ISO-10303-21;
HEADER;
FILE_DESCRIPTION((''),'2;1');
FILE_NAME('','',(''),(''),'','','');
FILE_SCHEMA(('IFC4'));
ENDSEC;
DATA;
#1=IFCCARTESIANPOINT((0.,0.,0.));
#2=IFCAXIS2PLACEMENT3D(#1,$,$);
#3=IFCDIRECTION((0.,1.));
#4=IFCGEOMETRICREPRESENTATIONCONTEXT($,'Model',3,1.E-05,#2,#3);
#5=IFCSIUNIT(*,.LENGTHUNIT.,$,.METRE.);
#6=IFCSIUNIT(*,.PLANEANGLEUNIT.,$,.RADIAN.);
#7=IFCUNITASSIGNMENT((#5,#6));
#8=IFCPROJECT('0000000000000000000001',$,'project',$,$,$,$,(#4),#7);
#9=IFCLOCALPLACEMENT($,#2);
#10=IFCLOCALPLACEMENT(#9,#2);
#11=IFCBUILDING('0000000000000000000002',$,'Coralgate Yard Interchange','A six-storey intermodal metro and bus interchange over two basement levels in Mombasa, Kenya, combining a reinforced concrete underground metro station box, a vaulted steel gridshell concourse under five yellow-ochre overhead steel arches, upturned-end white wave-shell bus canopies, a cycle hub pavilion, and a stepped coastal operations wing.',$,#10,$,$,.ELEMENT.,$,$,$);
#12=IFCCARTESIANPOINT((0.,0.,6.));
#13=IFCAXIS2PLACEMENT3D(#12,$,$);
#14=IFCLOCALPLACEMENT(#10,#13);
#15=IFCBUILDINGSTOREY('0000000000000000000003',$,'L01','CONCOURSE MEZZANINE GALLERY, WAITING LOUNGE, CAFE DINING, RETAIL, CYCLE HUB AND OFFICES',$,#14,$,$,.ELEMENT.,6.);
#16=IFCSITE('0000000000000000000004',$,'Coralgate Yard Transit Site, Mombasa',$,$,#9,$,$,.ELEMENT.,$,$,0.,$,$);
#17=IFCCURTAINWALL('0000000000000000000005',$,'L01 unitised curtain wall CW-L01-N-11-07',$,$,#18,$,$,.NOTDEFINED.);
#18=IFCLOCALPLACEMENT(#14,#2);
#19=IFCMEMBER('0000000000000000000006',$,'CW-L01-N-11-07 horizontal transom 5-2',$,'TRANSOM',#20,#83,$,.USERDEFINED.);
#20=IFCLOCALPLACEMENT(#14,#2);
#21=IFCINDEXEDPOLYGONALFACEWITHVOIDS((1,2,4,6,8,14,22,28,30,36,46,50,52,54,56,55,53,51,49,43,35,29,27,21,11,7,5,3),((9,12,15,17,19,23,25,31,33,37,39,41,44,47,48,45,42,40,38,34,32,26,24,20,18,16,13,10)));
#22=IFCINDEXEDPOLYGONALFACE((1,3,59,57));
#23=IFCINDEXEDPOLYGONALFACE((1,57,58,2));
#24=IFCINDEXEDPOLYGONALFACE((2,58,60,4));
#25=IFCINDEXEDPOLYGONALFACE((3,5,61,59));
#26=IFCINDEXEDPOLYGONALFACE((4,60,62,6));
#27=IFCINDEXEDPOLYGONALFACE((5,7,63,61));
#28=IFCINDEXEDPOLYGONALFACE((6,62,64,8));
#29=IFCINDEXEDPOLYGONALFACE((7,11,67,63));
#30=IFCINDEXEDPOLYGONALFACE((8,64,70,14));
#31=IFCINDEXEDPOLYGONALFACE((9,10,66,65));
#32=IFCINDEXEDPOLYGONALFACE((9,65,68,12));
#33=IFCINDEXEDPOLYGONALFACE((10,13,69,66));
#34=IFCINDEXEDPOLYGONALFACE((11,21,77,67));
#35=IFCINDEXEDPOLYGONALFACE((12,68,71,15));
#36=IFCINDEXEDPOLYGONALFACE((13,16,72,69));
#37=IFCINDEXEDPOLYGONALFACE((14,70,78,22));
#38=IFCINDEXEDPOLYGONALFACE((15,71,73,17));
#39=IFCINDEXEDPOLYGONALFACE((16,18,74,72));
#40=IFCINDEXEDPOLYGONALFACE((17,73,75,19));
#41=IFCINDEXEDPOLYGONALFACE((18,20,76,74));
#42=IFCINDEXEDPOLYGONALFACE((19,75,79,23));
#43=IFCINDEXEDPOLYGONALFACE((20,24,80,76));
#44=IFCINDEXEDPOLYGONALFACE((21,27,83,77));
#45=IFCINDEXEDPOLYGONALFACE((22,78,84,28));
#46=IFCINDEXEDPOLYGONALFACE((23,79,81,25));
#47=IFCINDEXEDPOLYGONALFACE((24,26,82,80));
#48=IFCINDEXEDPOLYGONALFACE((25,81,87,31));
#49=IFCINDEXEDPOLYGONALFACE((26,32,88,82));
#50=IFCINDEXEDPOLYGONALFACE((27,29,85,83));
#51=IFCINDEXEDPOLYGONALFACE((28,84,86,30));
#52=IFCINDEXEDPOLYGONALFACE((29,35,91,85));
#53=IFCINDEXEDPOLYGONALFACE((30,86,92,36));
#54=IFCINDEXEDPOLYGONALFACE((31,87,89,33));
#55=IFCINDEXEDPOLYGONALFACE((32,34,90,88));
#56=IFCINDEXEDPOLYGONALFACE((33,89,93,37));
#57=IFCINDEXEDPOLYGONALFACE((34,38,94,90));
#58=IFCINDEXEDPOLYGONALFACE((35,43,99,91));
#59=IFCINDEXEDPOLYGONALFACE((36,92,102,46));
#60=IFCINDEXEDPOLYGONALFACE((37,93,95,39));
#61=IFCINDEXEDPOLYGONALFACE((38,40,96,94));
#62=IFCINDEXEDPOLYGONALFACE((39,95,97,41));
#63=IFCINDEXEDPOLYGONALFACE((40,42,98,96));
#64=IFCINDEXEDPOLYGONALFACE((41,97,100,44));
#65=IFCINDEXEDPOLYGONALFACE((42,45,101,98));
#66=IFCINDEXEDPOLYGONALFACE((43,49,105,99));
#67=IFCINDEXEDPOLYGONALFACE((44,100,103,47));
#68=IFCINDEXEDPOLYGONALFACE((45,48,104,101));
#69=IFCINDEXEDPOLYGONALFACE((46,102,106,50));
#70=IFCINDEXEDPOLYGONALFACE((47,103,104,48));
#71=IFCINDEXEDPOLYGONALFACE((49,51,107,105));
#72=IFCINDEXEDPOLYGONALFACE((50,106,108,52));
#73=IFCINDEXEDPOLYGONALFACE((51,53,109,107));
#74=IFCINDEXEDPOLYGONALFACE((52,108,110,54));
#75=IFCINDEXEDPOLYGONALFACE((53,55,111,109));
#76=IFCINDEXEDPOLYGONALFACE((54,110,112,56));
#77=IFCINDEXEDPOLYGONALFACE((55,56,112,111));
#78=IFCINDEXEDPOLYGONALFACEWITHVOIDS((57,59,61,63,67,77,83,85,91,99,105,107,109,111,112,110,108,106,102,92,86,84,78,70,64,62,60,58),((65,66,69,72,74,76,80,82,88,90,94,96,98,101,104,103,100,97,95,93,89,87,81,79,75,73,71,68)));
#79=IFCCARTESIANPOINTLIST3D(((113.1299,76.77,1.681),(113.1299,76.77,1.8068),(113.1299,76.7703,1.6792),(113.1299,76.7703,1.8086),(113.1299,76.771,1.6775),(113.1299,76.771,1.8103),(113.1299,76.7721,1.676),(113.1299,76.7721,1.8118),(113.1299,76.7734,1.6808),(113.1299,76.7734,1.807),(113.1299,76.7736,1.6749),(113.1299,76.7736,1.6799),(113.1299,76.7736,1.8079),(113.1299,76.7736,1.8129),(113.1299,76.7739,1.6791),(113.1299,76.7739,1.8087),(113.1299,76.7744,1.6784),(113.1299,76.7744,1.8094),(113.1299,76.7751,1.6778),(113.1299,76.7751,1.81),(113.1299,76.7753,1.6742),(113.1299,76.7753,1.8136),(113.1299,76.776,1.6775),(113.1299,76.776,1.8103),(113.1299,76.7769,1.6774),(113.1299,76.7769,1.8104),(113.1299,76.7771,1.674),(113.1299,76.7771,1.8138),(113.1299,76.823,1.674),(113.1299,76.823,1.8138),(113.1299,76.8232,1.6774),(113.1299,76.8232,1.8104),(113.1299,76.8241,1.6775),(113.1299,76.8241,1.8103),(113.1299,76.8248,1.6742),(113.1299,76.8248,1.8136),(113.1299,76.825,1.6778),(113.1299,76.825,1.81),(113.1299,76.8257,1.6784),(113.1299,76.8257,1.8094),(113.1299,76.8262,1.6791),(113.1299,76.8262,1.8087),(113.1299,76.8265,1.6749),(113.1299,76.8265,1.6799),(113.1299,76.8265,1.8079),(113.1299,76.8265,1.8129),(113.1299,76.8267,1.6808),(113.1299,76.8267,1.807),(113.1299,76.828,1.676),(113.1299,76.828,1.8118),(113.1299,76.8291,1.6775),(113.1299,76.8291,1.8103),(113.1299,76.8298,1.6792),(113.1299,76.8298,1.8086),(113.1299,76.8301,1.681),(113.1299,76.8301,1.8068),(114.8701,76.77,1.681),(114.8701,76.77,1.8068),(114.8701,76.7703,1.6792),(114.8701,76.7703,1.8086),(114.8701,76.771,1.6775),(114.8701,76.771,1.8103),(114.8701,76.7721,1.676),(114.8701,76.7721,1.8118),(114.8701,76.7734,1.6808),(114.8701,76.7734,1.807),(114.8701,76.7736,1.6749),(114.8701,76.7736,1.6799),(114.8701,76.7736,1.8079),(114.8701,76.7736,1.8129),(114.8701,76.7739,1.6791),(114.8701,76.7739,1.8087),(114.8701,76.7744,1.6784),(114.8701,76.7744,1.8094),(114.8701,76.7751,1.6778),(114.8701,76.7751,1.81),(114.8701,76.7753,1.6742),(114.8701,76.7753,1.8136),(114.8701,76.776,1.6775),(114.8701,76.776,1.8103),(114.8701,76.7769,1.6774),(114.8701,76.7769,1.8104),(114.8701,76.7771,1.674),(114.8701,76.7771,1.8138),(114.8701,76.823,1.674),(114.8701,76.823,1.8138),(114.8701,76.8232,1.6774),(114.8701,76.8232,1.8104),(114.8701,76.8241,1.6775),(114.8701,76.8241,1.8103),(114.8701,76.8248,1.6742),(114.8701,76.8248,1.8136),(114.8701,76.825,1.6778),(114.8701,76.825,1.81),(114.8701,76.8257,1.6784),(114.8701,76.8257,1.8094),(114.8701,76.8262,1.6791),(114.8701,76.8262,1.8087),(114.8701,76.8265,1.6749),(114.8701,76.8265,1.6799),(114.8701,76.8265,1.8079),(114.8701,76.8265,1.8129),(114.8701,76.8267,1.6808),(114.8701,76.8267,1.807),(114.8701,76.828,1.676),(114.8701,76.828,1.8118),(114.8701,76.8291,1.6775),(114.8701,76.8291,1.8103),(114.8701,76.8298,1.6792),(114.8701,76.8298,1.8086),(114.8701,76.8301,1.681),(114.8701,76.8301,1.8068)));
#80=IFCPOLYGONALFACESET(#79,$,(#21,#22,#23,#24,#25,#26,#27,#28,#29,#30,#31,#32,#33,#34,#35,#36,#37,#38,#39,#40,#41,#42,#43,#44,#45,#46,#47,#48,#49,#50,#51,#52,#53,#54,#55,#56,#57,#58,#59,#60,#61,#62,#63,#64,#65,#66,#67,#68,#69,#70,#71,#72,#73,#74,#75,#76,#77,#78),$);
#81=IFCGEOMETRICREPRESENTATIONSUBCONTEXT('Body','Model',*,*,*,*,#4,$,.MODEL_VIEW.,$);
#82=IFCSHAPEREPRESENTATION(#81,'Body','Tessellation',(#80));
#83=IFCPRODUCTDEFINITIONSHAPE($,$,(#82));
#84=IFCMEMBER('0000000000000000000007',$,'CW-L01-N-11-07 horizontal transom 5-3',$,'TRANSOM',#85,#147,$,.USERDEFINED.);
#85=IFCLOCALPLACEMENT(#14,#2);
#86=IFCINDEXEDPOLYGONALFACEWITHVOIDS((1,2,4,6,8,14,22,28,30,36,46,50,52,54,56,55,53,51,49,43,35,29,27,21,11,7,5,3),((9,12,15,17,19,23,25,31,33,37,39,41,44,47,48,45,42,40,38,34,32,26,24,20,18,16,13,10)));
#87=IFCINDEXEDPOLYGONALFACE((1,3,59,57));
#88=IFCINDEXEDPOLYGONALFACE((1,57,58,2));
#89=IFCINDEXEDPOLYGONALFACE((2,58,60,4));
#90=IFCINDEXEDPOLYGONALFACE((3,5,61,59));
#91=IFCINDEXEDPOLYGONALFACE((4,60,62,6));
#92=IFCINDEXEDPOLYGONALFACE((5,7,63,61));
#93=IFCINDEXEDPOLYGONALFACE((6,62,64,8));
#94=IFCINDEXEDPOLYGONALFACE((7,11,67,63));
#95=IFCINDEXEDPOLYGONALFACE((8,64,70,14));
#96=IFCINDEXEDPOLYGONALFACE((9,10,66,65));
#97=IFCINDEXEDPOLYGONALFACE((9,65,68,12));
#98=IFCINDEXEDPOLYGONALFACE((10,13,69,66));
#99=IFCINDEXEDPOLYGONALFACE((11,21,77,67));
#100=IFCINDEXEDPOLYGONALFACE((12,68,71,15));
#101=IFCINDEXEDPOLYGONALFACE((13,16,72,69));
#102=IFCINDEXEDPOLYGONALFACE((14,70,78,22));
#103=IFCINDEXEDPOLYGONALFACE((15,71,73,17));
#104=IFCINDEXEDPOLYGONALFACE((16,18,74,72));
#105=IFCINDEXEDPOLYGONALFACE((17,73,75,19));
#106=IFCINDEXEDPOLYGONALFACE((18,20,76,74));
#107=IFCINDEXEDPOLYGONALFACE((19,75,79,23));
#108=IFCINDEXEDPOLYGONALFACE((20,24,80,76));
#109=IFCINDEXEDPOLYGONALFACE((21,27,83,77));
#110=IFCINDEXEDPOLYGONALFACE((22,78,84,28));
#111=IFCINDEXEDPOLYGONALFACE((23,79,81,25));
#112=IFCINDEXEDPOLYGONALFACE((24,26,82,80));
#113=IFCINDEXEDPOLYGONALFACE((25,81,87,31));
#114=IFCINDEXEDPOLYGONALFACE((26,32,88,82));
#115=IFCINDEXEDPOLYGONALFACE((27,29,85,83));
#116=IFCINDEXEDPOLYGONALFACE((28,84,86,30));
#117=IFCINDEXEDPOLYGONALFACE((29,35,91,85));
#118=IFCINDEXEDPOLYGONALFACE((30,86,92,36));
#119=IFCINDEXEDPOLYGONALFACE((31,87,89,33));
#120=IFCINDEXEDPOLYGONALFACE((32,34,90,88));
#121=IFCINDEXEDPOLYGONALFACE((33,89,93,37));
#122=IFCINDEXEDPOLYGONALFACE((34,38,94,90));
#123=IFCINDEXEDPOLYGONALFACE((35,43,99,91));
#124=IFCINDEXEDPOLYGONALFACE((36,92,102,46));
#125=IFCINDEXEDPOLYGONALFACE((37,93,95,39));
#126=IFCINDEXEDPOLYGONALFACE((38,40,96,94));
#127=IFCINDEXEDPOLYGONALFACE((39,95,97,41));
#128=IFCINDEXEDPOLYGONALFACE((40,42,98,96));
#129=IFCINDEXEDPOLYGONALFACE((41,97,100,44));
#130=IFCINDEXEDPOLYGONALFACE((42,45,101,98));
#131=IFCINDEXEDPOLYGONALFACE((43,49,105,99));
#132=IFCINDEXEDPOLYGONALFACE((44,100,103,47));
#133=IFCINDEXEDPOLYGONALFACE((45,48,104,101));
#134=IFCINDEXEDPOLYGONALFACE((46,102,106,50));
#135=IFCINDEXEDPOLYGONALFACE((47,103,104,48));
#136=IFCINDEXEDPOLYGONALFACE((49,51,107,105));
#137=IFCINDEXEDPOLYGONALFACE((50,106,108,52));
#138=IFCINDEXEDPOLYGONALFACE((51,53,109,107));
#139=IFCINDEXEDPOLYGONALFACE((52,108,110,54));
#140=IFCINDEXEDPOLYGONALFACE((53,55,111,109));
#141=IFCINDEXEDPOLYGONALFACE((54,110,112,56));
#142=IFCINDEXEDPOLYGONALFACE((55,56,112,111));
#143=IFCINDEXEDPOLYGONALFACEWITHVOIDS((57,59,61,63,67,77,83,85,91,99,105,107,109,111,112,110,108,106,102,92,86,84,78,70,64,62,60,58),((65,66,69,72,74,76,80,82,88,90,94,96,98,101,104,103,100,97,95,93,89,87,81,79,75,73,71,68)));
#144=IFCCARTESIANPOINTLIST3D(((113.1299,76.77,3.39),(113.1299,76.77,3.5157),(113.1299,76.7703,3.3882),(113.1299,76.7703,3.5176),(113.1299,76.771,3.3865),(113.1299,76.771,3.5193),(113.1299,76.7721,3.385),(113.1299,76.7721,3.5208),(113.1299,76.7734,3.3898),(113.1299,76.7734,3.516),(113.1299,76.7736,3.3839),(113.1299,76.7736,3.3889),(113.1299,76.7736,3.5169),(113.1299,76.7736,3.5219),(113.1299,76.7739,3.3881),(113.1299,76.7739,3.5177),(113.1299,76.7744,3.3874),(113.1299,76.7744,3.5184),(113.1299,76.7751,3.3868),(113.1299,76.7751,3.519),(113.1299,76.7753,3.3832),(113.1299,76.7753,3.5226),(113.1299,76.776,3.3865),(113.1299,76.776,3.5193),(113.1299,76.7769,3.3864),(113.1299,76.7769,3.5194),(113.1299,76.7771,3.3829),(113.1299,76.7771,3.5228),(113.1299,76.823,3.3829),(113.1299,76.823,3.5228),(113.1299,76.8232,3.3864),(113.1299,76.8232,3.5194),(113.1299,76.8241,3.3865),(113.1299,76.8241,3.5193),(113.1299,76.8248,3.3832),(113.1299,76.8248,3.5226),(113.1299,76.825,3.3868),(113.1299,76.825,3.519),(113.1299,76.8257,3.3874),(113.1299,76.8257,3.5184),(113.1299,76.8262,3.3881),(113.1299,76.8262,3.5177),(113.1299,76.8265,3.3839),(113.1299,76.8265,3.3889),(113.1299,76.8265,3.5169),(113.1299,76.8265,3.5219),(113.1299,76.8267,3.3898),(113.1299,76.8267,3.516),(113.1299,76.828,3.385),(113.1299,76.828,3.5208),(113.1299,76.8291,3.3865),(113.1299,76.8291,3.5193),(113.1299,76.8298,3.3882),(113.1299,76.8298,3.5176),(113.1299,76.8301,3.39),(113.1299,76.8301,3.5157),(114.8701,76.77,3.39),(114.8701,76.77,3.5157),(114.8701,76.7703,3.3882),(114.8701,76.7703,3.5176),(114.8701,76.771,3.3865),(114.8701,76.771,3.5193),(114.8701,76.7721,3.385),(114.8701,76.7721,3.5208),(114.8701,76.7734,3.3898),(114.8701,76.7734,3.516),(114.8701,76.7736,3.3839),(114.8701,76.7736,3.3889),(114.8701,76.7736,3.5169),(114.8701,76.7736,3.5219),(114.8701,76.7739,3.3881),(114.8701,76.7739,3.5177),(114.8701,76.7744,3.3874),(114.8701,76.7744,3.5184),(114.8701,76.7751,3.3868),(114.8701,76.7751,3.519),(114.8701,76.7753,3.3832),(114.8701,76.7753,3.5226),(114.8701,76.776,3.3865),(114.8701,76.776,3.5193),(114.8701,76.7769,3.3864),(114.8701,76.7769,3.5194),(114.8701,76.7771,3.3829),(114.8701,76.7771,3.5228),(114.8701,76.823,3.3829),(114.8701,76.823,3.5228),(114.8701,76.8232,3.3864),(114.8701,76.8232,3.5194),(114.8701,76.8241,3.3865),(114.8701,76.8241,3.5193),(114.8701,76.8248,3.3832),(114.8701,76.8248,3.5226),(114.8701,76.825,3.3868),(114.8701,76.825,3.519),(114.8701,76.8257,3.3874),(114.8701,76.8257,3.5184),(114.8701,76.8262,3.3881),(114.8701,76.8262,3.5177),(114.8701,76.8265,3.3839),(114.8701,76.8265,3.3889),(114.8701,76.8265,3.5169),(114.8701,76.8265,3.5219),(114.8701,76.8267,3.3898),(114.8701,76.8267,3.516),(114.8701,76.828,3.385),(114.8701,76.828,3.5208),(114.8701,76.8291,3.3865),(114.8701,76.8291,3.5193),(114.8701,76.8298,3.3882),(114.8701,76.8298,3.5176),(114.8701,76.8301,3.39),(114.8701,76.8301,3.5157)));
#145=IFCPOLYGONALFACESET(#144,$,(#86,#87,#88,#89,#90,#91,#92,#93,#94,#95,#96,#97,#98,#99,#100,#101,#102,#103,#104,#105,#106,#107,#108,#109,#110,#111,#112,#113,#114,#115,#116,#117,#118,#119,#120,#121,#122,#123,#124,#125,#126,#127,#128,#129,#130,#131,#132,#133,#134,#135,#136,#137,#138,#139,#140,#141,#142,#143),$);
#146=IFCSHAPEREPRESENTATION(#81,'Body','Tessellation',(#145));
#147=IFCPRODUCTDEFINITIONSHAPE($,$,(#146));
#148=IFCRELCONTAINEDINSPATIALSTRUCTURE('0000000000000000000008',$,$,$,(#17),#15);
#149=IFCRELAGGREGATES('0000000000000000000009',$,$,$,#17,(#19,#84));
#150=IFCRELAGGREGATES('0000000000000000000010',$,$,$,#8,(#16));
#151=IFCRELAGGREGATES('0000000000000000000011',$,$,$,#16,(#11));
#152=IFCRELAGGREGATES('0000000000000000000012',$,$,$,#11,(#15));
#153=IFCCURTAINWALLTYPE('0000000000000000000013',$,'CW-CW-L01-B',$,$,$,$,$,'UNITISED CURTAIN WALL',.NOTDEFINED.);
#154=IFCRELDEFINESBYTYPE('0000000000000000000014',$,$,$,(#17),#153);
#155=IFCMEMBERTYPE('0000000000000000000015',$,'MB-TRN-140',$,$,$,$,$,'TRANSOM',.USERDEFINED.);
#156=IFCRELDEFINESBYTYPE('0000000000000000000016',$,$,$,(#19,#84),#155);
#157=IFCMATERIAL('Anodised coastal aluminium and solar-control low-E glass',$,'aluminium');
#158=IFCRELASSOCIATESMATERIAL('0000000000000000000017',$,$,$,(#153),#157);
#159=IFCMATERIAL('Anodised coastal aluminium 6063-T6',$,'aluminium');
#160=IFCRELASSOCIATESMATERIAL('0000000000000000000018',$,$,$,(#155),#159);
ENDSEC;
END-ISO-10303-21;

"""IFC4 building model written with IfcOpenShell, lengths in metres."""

from ifc_helpers import new_model, si_unit, direction, frame, origin, origin_2d, place, context, subcontext, project, spatial, hollow_rectangle, extrude, material, material_profile, profile_set, type_object, element, aggregate, save


model = new_model("IFC4")

# Units and contexts
model_context = context("Model", 3, precision=1e-05, world=origin(), true_north=direction((0.0, 1.0)))
body_context = subcontext(model_context, "Body", "Model", "MODEL_VIEW")
ifc_project = project(units=[si_unit("LENGTHUNIT", "METRE"), si_unit("PLANEANGLEUNIT", "RADIAN")], contexts=[model_context])

# Site, building, storey
site_placement = place(None, origin())
site = spatial("IfcSite", under=ifc_project, at=site_placement, Name="Coralgate Yard Transit Site, Mombasa", CompositionType="ELEMENT", RefElevation=0.0)
building_placement = place(site_placement, origin())
building = spatial("IfcBuilding", under=site, at=building_placement, Name="Coralgate Yard Interchange", Description="A six-storey intermodal metro and bus interchange over two basement levels in Mombasa, Kenya, combining a reinforced concrete underground metro station box, a vaulted steel gridshell concourse under five yellow-ochre overhead steel arches, upturned-end white wave-shell bus canopies, a cycle hub pavilion, and a stepped coastal operations wing.", CompositionType="ELEMENT")
storey_placement = place(building_placement, frame((0.0, 0.0, 6.0)))
storey = spatial("IfcBuildingStorey", under=building, at=storey_placement, Name="L01", Description="CONCOURSE MEZZANINE GALLERY, WAITING LOUNGE, CAFE DINING, RETAIL, CYCLE HUB AND OFFICES", CompositionType="ELEMENT", Elevation=6.0)

# Curtain wall, members
ifc_material_1 = material(Name="Anodised coastal aluminium and solar-control low-E glass", Category="aluminium")
curtain_wall_type_1 = type_object("IfcCurtainWallType", Name="CW-CW-L01-B", ElementType="UNITISED CURTAIN WALL", PredefinedType="NOTDEFINED", material=ifc_material_1)
curtain_wall_1_placement = place(storey_placement, origin())
curtain_wall_1 = element("IfcCurtainWall", 1, at=curtain_wall_1_placement, inside=storey, type_object=curtain_wall_type_1, Name="L01 unitised curtain wall CW-L01-N-11-07", PredefinedType="NOTDEFINED")
ifc_material_2 = material(Name="Anodised coastal aluminium 6063-T6", Category="aluminium")
ifc_material_profile_1 = material_profile(ifc_material_2, hollow_rectangle(XDim=0.0601, YDim=0.1399, WallThickness=0.0034, InnerFilletRadius=0.0034, OuterFilletRadius=0.0071, at=origin_2d()), Name="ALU 60x140x3.5")
ifc_profile_set_1 = profile_set([ifc_material_profile_1], Name="Anodised coastal aluminium 6063-T6")
member_type_1 = type_object("IfcMemberType", Name="MB-TRN-140", ElementType="TRANSOM", PredefinedType="USERDEFINED", material=ifc_profile_set_1)
member_1_placement = place(storey_placement, frame((113.1299, 76.8, 1.7439), z_axis=(1.0, 0.0, 0.0), x_axis=(0.0, 1.0, 0.0)))
member_1 = element("IfcMember", 2, at=member_1_placement, type_object=member_type_1, Name="CW-L01-N-11-07 horizontal transom 5-2", ObjectType="TRANSOM", PredefinedType="USERDEFINED", context=body_context, shape_type="SweptSolid", body=[
    extrude(hollow_rectangle(XDim=0.0601, YDim=0.1399, WallThickness=0.0034, InnerFilletRadius=0.0034, OuterFilletRadius=0.0071, at=origin_2d()), origin(), (0.0, 0.0, 1.0), 1.7402),
])
member_2_placement = place(storey_placement, frame((113.1299, 76.8, 3.4529), z_axis=(1.0, 0.0, 0.0), x_axis=(0.0, 1.0, 0.0)))
member_2 = element("IfcMember", 3, at=member_2_placement, type_object=member_type_1, Name="CW-L01-N-11-07 horizontal transom 5-3", ObjectType="TRANSOM", PredefinedType="USERDEFINED", context=body_context, shape_type="SweptSolid", body=[
    extrude(hollow_rectangle(XDim=0.0601, YDim=0.1399, WallThickness=0.0034, InnerFilletRadius=0.0034, OuterFilletRadius=0.0071, at=origin_2d()), origin(), (0.0, 0.0, 1.0), 1.7402),
])

aggregate(curtain_wall_1, [member_1, member_2])

save(model, "model.ifc")
